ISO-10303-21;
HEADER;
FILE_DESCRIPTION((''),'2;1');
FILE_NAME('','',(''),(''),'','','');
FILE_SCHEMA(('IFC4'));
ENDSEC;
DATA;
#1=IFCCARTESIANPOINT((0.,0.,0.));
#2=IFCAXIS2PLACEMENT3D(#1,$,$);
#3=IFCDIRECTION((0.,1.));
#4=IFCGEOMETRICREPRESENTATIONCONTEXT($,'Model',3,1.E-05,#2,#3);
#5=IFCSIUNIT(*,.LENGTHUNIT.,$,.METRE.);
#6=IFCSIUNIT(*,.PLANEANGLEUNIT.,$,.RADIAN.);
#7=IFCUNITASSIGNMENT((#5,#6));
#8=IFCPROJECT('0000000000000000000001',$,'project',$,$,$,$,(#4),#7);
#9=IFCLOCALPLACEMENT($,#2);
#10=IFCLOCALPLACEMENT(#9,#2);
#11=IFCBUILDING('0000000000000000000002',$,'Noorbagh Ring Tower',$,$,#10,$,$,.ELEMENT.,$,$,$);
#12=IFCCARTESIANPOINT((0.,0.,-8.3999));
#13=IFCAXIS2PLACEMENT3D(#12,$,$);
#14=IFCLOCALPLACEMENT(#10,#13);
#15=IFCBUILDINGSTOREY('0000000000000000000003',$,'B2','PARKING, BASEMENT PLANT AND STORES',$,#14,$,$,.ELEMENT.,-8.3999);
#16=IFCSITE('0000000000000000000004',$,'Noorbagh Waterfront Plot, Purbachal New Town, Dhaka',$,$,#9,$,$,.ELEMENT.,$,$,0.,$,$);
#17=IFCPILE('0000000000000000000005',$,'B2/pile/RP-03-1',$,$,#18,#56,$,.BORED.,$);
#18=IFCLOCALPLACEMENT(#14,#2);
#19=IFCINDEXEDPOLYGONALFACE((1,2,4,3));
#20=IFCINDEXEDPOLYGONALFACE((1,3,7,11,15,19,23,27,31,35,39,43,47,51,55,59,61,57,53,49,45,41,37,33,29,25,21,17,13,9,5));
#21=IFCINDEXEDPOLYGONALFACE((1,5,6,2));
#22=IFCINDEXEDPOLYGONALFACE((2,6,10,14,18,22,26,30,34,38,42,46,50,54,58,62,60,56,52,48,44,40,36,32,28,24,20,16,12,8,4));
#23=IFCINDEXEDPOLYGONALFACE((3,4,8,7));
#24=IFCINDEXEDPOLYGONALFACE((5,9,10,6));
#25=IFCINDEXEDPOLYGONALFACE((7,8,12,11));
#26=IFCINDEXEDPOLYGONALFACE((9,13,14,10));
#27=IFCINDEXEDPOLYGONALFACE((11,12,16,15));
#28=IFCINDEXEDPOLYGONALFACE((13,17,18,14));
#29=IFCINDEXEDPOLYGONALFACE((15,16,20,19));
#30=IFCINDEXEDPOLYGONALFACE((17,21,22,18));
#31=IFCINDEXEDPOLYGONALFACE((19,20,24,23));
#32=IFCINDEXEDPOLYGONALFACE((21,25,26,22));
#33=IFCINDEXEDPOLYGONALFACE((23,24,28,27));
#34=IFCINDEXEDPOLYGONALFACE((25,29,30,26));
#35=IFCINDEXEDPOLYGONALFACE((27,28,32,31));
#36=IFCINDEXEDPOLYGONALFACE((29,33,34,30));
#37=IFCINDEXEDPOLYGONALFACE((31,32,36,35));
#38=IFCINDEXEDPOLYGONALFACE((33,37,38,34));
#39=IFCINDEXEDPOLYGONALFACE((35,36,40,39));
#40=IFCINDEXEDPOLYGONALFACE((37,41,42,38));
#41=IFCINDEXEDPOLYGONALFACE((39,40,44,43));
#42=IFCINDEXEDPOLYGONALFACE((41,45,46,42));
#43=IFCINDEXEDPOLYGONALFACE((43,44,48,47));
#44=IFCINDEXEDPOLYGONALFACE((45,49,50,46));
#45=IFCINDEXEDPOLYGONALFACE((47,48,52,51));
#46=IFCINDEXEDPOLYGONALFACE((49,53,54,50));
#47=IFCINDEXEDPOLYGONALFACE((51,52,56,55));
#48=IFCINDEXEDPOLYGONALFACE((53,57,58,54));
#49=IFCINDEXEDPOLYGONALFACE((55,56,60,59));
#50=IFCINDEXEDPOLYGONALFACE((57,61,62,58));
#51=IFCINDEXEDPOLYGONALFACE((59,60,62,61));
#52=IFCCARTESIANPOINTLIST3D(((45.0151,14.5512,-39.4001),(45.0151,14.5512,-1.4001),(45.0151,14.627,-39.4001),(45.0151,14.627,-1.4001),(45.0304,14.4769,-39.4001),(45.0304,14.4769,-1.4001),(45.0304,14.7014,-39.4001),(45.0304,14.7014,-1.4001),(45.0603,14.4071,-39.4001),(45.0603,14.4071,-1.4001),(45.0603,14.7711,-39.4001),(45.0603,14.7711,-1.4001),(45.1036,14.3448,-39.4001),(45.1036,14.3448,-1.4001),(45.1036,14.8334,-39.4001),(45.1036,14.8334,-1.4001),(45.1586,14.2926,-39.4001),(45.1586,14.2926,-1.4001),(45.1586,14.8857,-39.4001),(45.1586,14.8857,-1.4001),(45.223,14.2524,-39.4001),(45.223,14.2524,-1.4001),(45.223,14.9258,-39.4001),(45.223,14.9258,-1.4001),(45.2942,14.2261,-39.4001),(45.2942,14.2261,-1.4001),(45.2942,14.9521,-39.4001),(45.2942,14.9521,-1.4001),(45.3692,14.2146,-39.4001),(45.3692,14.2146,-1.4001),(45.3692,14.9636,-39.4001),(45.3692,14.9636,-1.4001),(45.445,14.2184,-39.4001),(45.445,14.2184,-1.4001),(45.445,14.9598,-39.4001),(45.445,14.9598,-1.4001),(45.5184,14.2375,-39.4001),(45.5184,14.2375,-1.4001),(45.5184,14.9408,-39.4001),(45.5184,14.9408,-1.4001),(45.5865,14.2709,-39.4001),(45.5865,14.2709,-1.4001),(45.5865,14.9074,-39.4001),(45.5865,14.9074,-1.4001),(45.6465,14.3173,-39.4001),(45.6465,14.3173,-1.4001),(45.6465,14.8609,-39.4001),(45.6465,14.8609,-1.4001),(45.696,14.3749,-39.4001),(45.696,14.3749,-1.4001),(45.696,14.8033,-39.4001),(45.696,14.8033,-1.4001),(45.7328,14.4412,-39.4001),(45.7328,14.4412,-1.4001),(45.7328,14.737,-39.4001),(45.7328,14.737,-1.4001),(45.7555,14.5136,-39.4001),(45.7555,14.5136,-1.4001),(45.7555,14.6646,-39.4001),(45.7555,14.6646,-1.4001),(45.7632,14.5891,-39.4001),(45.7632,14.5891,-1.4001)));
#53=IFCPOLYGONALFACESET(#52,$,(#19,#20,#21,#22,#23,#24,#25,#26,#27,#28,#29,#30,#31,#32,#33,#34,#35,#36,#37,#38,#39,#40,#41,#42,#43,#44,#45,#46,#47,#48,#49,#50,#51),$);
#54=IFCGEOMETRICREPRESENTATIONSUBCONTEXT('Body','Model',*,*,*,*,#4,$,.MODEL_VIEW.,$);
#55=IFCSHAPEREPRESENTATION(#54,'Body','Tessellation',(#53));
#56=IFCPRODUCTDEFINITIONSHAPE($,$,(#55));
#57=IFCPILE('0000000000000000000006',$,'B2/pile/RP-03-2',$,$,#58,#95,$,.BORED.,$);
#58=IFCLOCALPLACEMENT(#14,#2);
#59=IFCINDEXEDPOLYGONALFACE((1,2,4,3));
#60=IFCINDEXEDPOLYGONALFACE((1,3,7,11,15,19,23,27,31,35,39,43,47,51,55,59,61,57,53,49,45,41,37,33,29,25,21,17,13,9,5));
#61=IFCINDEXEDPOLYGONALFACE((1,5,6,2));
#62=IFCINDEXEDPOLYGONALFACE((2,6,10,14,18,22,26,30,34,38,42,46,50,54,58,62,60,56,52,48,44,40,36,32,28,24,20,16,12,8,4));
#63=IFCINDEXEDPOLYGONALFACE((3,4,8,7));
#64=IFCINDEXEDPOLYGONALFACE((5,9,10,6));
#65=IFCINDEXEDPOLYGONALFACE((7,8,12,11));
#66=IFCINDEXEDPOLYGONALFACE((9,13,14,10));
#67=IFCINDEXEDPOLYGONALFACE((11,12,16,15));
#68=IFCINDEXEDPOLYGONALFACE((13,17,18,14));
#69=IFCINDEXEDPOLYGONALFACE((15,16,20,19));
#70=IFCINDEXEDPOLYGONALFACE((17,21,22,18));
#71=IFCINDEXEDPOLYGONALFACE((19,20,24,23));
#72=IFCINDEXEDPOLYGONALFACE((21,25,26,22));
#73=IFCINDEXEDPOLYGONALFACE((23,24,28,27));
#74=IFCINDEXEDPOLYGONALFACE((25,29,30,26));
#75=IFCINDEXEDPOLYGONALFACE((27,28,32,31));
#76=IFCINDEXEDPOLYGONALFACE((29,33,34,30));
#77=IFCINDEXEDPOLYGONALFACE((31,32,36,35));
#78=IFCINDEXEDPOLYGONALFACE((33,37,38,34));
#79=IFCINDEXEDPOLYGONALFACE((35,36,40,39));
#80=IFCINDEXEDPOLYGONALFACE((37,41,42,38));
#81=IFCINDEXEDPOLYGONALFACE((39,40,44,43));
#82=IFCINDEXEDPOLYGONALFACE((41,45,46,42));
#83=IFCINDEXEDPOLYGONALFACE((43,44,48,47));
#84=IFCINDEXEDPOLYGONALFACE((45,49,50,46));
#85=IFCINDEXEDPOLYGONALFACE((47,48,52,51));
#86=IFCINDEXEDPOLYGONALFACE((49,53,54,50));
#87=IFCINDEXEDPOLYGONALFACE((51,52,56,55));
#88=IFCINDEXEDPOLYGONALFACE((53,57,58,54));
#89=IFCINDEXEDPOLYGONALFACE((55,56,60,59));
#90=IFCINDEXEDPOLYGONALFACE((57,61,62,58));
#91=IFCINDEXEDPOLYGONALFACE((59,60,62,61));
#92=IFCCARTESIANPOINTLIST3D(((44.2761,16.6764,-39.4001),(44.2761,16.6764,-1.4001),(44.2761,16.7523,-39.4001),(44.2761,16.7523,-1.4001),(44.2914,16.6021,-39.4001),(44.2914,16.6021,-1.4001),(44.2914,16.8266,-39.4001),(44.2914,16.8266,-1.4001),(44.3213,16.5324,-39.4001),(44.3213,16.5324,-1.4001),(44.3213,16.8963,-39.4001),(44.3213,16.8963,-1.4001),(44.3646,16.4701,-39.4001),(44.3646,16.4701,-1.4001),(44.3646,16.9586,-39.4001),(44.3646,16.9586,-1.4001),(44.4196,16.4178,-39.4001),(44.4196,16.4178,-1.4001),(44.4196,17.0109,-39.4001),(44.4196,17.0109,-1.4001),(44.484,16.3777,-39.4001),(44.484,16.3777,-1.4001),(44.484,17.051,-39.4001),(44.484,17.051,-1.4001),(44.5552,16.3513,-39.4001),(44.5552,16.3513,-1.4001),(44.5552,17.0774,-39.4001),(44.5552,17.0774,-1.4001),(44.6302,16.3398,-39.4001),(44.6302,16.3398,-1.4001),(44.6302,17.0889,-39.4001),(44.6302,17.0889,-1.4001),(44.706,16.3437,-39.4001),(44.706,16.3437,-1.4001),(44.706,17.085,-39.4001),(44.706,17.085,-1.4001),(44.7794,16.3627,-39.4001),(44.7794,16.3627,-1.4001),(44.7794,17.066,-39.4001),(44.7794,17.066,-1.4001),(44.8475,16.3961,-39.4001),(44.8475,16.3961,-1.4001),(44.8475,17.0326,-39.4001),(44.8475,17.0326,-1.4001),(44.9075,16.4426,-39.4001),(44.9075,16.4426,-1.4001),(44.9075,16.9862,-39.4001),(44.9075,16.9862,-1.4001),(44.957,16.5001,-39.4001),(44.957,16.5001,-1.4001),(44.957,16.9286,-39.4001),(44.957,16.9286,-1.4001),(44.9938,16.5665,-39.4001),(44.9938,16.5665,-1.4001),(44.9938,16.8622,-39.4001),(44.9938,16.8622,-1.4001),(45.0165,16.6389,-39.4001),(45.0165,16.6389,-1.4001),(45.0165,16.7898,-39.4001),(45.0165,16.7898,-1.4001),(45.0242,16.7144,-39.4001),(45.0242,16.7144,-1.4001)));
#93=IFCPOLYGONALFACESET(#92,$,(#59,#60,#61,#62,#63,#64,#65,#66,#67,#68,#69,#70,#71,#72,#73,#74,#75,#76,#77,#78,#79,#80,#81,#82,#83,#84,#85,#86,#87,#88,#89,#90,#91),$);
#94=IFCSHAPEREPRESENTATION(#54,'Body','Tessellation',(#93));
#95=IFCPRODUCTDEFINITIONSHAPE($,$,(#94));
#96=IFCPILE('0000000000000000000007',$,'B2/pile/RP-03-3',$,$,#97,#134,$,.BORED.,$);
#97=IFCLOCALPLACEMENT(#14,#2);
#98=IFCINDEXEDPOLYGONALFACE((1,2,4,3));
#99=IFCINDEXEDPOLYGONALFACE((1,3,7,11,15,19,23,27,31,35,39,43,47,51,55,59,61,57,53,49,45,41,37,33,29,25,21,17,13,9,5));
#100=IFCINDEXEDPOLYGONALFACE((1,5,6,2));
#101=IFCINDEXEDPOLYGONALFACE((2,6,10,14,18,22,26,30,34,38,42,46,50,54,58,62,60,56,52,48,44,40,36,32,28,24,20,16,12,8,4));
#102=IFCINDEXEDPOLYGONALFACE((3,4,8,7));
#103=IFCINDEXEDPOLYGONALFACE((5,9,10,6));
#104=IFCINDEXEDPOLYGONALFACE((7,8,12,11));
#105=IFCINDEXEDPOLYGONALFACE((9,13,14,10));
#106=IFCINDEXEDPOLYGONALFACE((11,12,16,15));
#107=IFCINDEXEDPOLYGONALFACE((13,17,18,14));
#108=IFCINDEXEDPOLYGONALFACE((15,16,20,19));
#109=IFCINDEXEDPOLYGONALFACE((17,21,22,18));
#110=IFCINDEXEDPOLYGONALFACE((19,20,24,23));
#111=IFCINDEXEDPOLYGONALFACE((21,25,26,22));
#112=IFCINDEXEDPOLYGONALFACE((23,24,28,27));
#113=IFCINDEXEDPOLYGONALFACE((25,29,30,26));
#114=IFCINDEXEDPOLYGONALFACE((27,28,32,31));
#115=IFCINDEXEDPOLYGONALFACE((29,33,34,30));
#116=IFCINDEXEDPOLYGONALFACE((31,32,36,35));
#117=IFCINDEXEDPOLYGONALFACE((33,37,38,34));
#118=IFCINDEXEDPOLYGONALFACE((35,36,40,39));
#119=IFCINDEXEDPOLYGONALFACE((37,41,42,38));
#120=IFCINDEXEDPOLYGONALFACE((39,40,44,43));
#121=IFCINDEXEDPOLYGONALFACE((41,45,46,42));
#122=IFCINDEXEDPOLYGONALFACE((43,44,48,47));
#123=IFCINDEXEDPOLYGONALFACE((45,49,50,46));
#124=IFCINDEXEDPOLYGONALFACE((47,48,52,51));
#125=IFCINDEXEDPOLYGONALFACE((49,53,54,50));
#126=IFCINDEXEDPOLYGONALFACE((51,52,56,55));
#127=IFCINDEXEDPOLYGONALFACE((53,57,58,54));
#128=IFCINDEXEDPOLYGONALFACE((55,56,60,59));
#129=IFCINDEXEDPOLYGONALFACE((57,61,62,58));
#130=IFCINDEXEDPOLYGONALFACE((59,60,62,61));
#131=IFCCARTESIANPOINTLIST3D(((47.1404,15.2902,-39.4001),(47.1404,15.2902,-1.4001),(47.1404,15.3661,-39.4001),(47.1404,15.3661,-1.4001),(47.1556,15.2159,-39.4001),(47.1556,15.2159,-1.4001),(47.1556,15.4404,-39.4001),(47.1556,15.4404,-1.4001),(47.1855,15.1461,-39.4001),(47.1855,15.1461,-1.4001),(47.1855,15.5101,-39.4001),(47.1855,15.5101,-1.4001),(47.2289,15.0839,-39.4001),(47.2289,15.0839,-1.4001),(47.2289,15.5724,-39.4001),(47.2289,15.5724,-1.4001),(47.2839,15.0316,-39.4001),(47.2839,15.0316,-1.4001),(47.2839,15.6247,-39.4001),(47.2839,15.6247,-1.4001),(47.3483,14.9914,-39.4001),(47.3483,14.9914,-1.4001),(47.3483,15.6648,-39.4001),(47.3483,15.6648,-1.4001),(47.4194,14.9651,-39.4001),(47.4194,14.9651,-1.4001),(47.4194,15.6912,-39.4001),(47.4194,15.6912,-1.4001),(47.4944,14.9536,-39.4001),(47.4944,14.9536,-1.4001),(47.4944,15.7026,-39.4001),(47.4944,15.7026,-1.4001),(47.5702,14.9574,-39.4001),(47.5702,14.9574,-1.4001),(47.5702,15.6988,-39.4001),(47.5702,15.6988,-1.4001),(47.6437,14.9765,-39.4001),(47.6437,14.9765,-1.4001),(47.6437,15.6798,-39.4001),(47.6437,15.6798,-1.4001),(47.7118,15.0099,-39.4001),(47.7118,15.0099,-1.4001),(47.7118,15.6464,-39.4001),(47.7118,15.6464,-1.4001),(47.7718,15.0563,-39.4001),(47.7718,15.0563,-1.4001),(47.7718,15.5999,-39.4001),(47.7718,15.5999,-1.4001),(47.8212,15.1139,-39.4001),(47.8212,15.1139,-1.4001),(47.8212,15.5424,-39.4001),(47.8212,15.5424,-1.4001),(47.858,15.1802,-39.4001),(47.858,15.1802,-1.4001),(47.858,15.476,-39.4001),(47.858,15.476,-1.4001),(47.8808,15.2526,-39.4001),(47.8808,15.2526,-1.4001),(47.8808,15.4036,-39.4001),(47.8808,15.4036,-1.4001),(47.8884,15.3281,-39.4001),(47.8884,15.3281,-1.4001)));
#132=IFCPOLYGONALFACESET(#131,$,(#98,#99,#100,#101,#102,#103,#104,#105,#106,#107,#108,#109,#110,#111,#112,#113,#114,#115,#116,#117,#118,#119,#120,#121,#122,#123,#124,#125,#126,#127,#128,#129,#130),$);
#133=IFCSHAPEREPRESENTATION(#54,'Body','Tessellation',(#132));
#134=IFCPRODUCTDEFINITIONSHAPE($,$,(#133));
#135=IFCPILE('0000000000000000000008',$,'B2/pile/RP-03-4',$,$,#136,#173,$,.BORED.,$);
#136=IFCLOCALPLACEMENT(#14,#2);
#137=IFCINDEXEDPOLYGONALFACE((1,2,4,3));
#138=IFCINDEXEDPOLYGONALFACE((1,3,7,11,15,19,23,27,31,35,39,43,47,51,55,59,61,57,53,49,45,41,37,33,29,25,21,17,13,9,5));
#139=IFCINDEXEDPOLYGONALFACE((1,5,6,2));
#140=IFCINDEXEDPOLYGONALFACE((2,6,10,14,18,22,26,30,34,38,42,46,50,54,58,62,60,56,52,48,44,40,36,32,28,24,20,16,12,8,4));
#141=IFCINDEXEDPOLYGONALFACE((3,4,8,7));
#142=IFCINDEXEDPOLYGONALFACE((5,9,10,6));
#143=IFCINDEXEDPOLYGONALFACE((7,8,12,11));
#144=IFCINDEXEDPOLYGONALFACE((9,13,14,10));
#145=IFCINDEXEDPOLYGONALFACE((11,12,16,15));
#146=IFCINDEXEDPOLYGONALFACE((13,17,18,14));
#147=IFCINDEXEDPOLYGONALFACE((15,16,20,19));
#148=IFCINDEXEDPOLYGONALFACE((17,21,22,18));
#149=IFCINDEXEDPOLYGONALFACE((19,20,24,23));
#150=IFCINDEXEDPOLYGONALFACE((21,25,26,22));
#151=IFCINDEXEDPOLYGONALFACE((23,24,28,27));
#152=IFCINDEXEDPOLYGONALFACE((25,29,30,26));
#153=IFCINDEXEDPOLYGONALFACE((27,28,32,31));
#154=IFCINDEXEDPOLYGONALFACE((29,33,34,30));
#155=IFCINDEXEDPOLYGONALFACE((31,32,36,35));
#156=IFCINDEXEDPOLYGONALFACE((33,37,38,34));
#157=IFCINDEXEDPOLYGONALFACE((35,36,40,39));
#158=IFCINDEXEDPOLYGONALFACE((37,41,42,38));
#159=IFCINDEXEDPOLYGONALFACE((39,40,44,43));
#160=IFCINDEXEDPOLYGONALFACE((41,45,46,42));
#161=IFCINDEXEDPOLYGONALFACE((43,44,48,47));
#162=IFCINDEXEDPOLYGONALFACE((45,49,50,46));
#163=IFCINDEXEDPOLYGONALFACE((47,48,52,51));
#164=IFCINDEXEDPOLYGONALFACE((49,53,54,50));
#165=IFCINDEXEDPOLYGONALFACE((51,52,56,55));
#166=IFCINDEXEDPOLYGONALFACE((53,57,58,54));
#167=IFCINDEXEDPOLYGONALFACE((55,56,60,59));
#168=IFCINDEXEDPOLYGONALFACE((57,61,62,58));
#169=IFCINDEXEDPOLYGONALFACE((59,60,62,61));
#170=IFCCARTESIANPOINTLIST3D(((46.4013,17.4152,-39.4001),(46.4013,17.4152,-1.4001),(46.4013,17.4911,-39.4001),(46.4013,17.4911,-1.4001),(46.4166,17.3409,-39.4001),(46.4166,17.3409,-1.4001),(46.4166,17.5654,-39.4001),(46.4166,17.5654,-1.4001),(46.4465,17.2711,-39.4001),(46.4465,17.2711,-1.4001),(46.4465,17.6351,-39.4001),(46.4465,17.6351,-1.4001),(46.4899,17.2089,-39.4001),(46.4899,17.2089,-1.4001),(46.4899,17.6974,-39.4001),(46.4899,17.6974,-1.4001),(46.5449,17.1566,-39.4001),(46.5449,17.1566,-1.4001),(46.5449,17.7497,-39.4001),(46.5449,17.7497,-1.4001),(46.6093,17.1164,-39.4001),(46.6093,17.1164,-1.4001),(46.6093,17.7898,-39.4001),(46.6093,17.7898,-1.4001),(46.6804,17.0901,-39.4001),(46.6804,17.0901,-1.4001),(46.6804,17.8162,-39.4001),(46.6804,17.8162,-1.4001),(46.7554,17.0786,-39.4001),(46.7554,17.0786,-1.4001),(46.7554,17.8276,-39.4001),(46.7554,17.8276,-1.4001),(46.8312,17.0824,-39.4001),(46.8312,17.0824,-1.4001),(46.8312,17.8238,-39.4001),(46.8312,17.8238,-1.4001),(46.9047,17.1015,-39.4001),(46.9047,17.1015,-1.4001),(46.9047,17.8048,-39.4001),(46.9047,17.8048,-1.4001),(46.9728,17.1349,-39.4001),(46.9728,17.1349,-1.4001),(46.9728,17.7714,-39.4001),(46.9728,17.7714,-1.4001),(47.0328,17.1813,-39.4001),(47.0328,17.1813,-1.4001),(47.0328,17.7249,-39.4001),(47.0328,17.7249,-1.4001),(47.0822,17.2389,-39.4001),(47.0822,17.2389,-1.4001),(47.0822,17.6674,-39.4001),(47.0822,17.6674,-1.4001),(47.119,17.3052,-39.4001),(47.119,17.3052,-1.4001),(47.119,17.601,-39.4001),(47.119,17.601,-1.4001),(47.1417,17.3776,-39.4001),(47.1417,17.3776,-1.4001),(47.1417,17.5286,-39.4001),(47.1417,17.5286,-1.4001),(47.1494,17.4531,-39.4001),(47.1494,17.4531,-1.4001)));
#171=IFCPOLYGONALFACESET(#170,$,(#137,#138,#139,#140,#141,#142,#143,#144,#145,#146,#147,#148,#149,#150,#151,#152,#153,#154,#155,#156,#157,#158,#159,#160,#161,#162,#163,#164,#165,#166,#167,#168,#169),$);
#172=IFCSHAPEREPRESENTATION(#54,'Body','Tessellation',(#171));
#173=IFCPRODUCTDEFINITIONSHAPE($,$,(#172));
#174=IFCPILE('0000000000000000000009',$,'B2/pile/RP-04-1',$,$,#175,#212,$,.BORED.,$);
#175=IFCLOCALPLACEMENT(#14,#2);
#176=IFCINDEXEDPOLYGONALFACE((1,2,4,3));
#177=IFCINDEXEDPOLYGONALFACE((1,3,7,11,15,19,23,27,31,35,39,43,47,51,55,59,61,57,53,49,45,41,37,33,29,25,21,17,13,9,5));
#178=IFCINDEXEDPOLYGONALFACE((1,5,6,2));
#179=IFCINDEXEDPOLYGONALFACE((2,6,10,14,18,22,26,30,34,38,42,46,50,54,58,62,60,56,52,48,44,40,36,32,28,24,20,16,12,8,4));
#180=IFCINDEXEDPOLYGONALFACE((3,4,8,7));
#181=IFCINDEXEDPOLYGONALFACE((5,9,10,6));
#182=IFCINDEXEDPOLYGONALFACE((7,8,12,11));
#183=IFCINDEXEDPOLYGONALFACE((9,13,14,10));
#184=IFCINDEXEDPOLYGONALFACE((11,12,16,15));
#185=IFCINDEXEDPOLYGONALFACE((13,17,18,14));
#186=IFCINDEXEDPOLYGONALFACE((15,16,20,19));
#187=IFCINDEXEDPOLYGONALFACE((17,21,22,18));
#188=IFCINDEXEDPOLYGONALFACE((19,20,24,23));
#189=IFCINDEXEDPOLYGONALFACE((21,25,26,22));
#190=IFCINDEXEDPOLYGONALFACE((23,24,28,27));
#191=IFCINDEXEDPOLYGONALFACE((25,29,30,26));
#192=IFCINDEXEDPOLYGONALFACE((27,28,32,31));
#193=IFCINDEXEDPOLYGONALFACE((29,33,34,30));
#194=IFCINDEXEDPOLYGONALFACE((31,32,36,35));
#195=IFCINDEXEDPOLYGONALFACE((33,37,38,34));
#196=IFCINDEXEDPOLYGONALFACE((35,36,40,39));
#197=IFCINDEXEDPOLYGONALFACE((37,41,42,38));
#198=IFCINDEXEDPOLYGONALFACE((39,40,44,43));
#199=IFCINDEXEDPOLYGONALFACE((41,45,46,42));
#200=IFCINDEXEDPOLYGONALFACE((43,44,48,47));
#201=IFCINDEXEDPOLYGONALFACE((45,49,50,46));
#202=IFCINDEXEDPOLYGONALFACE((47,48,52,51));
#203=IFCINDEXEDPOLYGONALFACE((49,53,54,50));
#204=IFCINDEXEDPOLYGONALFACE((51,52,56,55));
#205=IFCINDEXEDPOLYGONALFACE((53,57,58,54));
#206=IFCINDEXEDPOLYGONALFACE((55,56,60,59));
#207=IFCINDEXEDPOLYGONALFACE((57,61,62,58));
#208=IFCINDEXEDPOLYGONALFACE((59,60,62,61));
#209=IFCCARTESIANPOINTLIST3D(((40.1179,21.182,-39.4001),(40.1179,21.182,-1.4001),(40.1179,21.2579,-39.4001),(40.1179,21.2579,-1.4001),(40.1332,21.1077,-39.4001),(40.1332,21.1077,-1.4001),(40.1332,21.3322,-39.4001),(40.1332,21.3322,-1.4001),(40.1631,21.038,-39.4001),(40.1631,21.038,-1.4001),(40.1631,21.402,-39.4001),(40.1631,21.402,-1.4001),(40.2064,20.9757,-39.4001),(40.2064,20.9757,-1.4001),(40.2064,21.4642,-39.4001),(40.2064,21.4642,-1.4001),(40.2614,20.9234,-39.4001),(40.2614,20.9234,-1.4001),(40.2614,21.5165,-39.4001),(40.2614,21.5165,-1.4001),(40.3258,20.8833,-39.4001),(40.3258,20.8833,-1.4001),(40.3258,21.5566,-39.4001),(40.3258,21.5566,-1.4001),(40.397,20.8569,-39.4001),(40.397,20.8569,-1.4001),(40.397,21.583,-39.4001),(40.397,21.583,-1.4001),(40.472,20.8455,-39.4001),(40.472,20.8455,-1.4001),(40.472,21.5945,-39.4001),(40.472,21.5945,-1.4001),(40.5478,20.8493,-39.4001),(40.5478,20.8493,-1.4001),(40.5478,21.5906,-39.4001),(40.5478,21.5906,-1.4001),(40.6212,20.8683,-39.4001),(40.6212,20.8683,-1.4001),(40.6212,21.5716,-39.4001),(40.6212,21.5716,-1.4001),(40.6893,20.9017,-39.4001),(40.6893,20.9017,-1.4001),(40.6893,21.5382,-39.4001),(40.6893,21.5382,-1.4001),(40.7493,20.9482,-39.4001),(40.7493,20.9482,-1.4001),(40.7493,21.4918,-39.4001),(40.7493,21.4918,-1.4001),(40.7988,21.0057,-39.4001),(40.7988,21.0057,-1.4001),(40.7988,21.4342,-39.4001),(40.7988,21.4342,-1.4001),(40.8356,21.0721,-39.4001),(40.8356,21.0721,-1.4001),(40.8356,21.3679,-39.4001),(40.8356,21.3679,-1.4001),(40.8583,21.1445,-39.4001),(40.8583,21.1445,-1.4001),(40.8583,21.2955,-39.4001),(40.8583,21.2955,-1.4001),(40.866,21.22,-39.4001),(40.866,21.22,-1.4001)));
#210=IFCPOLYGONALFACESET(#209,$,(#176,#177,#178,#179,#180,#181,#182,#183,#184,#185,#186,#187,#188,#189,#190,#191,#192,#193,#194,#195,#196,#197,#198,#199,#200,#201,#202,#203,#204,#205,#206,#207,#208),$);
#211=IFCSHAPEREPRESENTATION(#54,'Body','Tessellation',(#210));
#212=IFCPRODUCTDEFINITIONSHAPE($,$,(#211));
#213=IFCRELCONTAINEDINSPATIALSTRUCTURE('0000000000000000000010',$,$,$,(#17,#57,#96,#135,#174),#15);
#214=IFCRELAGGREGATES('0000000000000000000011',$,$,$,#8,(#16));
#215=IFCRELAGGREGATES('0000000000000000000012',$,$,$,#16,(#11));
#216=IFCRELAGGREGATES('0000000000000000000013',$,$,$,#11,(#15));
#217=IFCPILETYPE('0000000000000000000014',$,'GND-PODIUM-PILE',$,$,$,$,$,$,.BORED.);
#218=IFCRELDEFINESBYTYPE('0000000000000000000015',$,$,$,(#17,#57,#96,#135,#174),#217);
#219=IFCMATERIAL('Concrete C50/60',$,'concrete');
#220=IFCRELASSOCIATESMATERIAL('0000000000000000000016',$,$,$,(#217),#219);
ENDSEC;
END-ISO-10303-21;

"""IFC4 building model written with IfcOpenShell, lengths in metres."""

from ifc_helpers import new_model, si_unit, direction, frame, origin, origin_2d, place, context, subcontext, project, spatial, circle, extrude, material, material_profile, profile_set, type_object, element, save


model = new_model("IFC4")

# Units and contexts
model_context = context("Model", 3, precision=1e-05, world=origin(), true_north=direction((0.0, 1.0)))
body_context = subcontext(model_context, "Body", "Model", "MODEL_VIEW")
ifc_project = project(units=[si_unit("LENGTHUNIT", "METRE"), si_unit("PLANEANGLEUNIT", "RADIAN")], contexts=[model_context])

# Site, building, storey
site_placement = place(None, origin())
site = spatial("IfcSite", under=ifc_project, at=site_placement, Name="Noorbagh Waterfront Plot, Purbachal New Town, Dhaka", CompositionType="ELEMENT", RefElevation=0.0)
building_placement = place(site_placement, origin())
building = spatial("IfcBuilding", under=site, at=building_placement, Name="Noorbagh Ring Tower", CompositionType="ELEMENT")
storey_placement = place(building_placement, frame((0.0, 0.0, -8.3999)))
storey = spatial("IfcBuildingStorey", under=building, at=storey_placement, Name="B2", Description="PARKING, BASEMENT PLANT AND STORES", CompositionType="ELEMENT", Elevation=-8.3999)

# Piles
ifc_material_1 = material(Name="Concrete C50/60", Category="concrete")
ifc_material_profile_1 = material_profile(ifc_material_1, circle(Radius=0.375, at=origin_2d()), Name="PILE750")
ifc_profile_set_1 = profile_set([ifc_material_profile_1], Name="Concrete C50/60")
pile_type_1 = type_object("IfcPileType", Name="GND-PODIUM-PILE", PredefinedType="BORED", material=ifc_profile_set_1)
for number, where, z_axis, x_axis, name in (
    (1, (45.3882, 14.5891, -1.4001), (0.0, 0.0, -1.0), (1.0, 0.0, 0.0), "B2/pile/RP-03-1"),
    (2, (44.6492, 16.7144, -1.4001), (0.0, 0.0, -1.0), (1.0, 0.0, 0.0), "B2/pile/RP-03-2"),
    (3, (47.5134, 15.3281, -1.4001), (0.0, 0.0, -1.0), (1.0, 0.0, 0.0), "B2/pile/RP-03-3"),
    (4, (46.7744, 17.4531, -1.4001), (0.0, 0.0, -1.0), (1.0, 0.0, 0.0), "B2/pile/RP-03-4"),
    (5, (40.491, 21.22, -1.4001), (0.0, 0.0, -1.0), (1.0, 0.0, 0.0), "B2/pile/RP-04-1"),
):
    element("IfcPile", number, at=place(storey_placement, frame(where, z_axis=z_axis, x_axis=x_axis)), inside=storey, type_object=pile_type_1, Name=name, PredefinedType="BORED", context=body_context, shape_type="SweptSolid", body=[
        extrude(circle(Radius=0.375, at=origin_2d()), origin(), (0.0, 0.0, 1.0), 38.0),
    ])

save(model, "model.ifc")
